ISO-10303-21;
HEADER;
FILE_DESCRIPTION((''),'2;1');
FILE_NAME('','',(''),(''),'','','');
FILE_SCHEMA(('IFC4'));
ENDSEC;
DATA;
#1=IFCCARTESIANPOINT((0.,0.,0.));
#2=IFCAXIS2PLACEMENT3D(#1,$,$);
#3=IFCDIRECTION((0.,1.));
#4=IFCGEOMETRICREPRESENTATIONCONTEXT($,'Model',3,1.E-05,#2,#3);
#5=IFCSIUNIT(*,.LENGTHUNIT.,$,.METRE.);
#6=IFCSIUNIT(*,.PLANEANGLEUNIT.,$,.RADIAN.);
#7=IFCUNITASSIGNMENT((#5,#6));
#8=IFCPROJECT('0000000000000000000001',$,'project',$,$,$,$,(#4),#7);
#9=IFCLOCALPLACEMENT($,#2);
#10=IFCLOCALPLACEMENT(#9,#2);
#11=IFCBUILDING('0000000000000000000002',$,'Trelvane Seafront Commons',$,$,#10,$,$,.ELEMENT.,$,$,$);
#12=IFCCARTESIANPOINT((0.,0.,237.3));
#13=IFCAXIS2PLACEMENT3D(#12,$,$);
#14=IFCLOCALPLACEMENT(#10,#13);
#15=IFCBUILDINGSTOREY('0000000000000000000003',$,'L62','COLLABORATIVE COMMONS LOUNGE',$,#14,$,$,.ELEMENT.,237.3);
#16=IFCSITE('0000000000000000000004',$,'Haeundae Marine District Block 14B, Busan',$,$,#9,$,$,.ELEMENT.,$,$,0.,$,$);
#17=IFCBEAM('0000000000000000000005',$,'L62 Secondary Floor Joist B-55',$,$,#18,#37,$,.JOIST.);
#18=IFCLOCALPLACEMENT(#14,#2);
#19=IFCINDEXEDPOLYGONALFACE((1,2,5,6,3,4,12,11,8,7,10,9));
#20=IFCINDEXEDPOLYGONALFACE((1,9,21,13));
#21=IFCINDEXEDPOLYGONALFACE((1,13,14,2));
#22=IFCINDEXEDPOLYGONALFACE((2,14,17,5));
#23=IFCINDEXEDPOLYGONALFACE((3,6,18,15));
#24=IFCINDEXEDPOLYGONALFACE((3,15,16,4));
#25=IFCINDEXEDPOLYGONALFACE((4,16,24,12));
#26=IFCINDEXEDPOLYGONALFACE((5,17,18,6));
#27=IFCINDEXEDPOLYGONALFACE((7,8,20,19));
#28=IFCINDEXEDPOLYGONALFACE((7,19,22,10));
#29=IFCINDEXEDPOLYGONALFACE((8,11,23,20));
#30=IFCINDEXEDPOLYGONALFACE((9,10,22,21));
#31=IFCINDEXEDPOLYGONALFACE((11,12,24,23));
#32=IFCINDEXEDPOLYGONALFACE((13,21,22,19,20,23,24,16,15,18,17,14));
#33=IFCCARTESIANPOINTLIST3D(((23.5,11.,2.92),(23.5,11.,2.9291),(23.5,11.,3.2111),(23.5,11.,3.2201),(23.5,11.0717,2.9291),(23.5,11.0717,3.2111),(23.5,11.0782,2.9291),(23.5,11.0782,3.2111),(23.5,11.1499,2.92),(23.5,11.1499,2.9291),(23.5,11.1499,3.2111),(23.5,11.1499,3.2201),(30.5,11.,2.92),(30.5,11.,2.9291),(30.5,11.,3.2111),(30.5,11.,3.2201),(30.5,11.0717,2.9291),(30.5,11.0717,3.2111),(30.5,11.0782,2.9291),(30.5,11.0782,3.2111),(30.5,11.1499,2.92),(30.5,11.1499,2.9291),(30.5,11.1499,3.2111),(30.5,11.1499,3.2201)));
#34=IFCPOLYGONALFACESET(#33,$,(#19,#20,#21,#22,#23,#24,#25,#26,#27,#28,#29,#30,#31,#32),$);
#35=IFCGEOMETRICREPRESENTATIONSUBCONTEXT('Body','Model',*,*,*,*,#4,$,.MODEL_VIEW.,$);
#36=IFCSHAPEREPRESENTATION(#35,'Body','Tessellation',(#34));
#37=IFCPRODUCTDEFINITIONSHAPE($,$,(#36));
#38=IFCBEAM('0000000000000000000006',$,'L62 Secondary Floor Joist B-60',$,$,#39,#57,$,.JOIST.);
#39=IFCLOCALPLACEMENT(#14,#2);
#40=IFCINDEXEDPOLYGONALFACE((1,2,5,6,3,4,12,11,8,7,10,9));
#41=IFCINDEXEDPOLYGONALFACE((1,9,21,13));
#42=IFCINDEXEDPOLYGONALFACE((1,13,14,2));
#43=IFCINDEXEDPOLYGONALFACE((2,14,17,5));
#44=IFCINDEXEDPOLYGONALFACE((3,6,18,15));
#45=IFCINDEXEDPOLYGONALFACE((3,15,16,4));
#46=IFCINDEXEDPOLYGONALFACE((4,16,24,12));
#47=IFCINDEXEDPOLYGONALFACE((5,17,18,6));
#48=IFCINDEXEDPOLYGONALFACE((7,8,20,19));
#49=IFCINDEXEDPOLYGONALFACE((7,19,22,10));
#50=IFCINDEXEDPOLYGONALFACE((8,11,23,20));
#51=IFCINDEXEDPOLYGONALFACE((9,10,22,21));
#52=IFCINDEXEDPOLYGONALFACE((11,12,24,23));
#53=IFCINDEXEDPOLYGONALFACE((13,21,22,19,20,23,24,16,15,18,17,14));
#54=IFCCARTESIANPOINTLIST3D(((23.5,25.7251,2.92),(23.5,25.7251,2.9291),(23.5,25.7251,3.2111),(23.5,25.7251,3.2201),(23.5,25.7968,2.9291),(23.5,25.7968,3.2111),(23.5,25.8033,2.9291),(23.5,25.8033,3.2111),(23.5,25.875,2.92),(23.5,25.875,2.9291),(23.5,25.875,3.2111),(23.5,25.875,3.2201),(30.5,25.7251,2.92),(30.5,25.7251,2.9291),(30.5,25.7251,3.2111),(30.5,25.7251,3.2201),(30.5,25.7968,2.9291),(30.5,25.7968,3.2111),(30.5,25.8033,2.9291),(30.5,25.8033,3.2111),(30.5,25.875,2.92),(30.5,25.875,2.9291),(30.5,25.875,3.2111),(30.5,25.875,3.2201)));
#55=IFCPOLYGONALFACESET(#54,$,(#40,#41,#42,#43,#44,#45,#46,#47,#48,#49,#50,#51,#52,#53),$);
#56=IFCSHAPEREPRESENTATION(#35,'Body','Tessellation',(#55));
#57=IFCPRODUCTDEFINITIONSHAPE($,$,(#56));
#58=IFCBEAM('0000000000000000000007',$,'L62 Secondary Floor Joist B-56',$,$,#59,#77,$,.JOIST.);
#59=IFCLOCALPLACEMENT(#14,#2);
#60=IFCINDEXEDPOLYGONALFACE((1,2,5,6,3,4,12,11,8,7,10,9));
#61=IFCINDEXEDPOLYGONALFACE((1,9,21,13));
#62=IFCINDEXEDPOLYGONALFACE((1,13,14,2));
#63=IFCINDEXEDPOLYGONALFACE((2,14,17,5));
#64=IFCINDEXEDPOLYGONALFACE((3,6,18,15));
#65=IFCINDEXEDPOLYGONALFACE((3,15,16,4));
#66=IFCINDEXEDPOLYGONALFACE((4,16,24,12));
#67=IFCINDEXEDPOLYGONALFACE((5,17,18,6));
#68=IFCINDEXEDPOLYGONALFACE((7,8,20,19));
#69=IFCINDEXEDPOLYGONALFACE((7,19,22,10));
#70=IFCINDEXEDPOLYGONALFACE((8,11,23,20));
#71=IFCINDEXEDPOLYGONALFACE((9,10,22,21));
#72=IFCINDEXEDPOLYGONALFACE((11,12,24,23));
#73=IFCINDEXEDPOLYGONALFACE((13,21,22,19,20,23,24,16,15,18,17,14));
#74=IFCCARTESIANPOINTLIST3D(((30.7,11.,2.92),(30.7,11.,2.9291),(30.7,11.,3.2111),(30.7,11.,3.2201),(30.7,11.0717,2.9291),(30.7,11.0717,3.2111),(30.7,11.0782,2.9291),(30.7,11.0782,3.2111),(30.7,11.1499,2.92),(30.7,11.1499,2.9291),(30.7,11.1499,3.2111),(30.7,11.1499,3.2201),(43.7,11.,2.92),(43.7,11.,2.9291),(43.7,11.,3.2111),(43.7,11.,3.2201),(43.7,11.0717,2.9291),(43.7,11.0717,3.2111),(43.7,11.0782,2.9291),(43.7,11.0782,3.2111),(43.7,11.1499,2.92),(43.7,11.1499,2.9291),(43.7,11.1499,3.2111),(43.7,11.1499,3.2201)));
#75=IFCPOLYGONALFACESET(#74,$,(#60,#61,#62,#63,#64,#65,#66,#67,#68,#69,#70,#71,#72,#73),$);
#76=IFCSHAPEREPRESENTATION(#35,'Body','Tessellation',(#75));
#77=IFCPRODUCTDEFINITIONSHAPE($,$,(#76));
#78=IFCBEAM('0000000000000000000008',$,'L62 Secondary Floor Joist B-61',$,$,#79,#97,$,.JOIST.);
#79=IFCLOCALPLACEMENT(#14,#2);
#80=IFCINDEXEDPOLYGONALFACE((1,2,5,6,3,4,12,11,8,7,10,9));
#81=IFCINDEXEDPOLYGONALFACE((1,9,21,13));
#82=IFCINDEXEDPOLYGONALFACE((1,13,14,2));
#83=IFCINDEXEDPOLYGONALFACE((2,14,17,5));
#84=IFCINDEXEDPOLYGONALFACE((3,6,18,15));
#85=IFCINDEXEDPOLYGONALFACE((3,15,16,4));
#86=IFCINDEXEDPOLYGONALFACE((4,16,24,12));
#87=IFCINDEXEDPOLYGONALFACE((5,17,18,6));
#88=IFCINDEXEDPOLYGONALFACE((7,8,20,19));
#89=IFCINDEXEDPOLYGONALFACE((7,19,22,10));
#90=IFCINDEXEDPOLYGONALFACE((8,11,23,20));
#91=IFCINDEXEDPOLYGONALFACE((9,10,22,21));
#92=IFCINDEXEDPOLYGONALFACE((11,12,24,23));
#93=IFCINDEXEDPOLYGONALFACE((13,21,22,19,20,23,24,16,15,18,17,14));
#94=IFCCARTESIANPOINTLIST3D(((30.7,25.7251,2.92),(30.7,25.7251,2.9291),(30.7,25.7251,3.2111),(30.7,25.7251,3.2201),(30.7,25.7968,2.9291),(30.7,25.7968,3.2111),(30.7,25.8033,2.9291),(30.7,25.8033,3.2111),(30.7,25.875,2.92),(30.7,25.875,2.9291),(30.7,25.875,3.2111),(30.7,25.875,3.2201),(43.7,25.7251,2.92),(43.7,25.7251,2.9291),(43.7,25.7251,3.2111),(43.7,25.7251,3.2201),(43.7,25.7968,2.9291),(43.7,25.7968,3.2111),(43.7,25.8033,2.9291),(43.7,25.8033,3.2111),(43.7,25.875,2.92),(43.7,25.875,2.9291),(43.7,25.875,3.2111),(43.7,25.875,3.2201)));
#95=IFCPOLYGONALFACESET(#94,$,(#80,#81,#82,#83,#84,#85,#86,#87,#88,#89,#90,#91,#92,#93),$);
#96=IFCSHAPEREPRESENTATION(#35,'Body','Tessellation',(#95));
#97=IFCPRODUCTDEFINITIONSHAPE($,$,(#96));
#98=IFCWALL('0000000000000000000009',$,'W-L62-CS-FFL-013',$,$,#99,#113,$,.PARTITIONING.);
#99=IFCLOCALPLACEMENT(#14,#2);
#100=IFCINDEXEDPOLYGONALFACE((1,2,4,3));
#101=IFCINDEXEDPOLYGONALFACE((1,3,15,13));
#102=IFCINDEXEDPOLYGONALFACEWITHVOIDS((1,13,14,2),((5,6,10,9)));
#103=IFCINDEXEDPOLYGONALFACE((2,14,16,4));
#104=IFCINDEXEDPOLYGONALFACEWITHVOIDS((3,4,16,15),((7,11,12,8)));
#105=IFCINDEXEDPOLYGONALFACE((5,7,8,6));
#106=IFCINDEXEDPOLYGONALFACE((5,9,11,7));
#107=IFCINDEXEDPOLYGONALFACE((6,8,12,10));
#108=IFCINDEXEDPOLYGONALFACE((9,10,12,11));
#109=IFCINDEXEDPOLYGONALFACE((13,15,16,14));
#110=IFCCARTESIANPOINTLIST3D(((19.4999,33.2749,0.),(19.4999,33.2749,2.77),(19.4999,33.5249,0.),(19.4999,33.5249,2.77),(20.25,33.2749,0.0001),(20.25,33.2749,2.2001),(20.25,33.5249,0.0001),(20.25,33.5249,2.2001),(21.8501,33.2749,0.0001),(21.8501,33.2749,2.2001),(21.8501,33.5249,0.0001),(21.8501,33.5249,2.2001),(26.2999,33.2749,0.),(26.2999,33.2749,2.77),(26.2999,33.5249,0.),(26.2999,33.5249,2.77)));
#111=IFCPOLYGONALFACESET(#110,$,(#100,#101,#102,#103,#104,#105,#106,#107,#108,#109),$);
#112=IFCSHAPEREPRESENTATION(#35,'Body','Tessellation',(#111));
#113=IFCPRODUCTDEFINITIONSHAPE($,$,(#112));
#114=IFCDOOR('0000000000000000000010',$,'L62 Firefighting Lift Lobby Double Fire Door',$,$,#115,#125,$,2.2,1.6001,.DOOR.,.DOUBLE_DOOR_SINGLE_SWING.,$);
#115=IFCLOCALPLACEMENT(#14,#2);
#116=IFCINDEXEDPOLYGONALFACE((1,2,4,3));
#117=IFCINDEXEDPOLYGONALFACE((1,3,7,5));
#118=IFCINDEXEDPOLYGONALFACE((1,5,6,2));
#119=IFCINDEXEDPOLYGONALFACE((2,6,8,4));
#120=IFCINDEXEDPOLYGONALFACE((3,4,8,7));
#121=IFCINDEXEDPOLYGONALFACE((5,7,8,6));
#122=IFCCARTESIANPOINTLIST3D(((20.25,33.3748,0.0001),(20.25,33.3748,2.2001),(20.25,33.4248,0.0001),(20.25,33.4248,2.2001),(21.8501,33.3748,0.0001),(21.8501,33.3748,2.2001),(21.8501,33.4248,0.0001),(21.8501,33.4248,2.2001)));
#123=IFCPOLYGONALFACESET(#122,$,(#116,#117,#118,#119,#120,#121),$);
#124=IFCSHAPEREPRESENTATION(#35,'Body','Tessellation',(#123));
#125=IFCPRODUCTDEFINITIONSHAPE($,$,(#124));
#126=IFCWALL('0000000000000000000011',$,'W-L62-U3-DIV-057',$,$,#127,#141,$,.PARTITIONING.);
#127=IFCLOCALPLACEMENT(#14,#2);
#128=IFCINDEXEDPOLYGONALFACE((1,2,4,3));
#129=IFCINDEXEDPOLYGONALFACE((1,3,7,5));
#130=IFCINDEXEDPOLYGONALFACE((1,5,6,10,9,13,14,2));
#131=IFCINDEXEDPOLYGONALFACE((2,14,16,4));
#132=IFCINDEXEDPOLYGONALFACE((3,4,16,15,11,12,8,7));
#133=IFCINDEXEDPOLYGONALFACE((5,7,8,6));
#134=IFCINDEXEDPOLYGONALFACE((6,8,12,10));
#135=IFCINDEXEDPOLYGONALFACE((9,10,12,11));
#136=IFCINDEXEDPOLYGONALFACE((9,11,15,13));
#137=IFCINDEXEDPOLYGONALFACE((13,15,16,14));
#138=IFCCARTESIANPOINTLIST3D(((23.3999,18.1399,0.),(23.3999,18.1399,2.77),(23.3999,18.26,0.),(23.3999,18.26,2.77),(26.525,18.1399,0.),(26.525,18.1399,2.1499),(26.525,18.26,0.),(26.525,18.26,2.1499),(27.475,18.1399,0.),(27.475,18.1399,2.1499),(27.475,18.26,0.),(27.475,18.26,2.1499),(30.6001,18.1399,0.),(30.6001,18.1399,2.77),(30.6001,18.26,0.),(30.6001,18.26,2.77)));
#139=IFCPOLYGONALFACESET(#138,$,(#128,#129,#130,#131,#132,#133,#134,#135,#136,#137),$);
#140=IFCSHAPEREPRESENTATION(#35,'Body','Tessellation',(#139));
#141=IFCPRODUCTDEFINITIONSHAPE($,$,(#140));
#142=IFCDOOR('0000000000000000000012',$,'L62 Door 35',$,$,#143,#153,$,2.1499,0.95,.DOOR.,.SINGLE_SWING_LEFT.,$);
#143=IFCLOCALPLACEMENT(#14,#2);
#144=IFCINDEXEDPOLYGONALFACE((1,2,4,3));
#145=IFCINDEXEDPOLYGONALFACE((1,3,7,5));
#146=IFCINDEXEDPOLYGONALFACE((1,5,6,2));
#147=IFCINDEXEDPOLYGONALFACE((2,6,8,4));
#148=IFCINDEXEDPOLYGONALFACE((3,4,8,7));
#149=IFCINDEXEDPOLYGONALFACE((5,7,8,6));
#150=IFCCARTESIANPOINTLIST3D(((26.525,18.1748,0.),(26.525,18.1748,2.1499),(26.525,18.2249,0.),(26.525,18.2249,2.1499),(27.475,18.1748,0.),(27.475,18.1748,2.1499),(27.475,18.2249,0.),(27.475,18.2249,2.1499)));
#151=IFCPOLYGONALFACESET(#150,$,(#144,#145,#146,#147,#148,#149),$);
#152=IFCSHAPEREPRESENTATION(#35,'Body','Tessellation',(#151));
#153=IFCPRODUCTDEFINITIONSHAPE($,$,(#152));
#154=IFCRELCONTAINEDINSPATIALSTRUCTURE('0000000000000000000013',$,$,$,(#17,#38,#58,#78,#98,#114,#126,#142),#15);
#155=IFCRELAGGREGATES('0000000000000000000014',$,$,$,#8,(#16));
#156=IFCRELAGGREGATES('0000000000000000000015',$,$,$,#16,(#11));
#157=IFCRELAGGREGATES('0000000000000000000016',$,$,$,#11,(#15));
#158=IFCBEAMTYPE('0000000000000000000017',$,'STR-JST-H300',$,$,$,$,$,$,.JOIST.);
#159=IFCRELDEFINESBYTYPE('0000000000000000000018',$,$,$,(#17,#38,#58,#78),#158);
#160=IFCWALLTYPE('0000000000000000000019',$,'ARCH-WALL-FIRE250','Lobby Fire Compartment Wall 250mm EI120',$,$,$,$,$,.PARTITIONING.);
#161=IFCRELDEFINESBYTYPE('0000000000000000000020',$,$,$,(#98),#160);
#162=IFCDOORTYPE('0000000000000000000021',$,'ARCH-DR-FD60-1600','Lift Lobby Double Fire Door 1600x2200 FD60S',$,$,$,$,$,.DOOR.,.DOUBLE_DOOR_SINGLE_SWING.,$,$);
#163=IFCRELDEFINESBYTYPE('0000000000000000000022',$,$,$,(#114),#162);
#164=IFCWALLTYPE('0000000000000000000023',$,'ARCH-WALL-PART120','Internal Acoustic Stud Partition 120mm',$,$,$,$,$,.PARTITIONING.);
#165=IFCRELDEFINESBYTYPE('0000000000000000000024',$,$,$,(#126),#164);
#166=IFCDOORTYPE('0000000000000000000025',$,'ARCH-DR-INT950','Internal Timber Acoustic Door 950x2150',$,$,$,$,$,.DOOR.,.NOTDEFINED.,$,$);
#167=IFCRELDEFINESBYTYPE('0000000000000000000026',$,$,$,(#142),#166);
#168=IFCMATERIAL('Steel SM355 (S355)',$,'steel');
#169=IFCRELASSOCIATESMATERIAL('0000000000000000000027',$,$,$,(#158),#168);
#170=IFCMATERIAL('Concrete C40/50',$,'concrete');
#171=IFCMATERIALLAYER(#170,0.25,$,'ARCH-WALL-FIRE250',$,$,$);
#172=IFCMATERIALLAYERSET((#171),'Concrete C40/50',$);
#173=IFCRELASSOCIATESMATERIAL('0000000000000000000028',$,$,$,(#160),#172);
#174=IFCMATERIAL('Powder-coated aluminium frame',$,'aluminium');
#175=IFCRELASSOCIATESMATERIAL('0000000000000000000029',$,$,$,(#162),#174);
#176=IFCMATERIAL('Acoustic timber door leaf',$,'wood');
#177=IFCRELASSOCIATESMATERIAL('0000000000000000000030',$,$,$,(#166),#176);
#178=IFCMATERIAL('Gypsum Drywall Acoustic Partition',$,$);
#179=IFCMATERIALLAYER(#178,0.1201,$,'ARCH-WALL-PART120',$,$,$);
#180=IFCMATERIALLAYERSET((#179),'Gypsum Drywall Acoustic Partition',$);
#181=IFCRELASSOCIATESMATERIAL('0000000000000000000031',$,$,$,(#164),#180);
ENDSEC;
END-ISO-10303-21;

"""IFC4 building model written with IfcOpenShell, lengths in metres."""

from ifc_helpers import new_model, si_unit, direction, frame, frame_2d, origin, origin_2d, place, context, subcontext, project, spatial, rectangle, i_section, extrude, source, transform, mapped, material, layer, layer_set, material_profile, profile_set, type_object, element, fill, save


model = new_model("IFC4")

# Units and contexts
model_context = context("Model", 3, precision=1e-05, world=origin(), true_north=direction((0.0, 1.0)))
body_context = subcontext(model_context, "Body", "Model", "MODEL_VIEW")
ifc_project = project(units=[si_unit("LENGTHUNIT", "METRE"), si_unit("PLANEANGLEUNIT", "RADIAN")], contexts=[model_context])

# Site, building, storey
site_placement = place(None, origin())
site = spatial("IfcSite", under=ifc_project, at=site_placement, Name="Haeundae Marine District Block 14B, Busan", CompositionType="ELEMENT", RefElevation=0.0)
building_placement = place(site_placement, origin())
building = spatial("IfcBuilding", under=site, at=building_placement, Name="Trelvane Seafront Commons", CompositionType="ELEMENT")
storey_placement = place(building_placement, frame((0.0, 0.0, 237.3)))
storey = spatial("IfcBuildingStorey", under=building, at=storey_placement, Name="L62", Description="COLLABORATIVE COMMONS LOUNGE", CompositionType="ELEMENT", Elevation=237.3)

# Shared definitions
ifc_material_1 = material(Name="Steel SM355 (S355)", Category="steel")

# Beams
ifc_material_profile_1 = material_profile(ifc_material_1, i_section(OverallWidth=0.1499, OverallDepth=0.3, WebThickness=0.0066, FlangeThickness=0.009, at=origin_2d()), Name="H-300x150x6.5x9")
ifc_profile_set_1 = profile_set([ifc_material_profile_1], Name="Steel SM355 (S355)")
beam_type_1 = type_object("IfcBeamType", Name="STR-JST-H300", PredefinedType="JOIST", material=ifc_profile_set_1)
shared_shape_1 = source(origin(), body_context, "Body", "SweptSolid", [
    extrude(i_section(OverallWidth=0.1499, OverallDepth=0.3, WebThickness=0.0066, FlangeThickness=0.009, at=origin_2d()), origin(), (0.0, 0.0, 1.0), 7.0),
])
for number, where, z_axis, x_axis, name in (
    (1, (23.5, 11.075, 3.0701), (1.0, 0.0, 0.0), (0.0, 1.0, 0.0), "L62 Secondary Floor Joist B-55"),
    (2, (23.5, 25.8, 3.0701), (1.0, 0.0, 0.0), (0.0, 1.0, 0.0), "L62 Secondary Floor Joist B-60"),
):
    element("IfcBeam", number, at=place(storey_placement, frame(where, z_axis=z_axis, x_axis=x_axis)), inside=storey, type_object=beam_type_1, Name=name, PredefinedType="JOIST", context=body_context, shape_type="MappedRepresentation", body=[
        mapped(shared_shape_1, transform((0.0, 0.0, 0.0), x_axis=(1.0, 0.0, 0.0), y_axis=(0.0, 1.0, 0.0), z_axis=(0.0, 0.0, 1.0), scale=1.0)),
    ])
shared_shape_2 = source(origin(), body_context, "Body", "SweptSolid", [
    extrude(i_section(OverallWidth=0.1499, OverallDepth=0.3, WebThickness=0.0066, FlangeThickness=0.009, at=origin_2d()), origin(), (0.0, 0.0, 1.0), 13.0),
])
for number, where, z_axis, x_axis, name in (
    (3, (30.7, 11.075, 3.0701), (1.0, 0.0, 0.0), (0.0, 1.0, 0.0), "L62 Secondary Floor Joist B-56"),
    (4, (30.7, 25.8, 3.0701), (1.0, 0.0, 0.0), (0.0, 1.0, 0.0), "L62 Secondary Floor Joist B-61"),
):
    element("IfcBeam", number, at=place(storey_placement, frame(where, z_axis=z_axis, x_axis=x_axis)), inside=storey, type_object=beam_type_1, Name=name, PredefinedType="JOIST", context=body_context, shape_type="MappedRepresentation", body=[
        mapped(shared_shape_2, transform((0.0, 0.0, 0.0), x_axis=(1.0, 0.0, 0.0), y_axis=(0.0, 1.0, 0.0), z_axis=(0.0, 0.0, 1.0), scale=1.0)),
    ])

# Walls, openings, doors
ifc_material_2 = material(Name="Concrete C40/50", Category="concrete")
ifc_layer_1 = layer(ifc_material_2, 0.25, Name="ARCH-WALL-FIRE250")
ifc_layer_set_1 = layer_set([ifc_layer_1], Name="Concrete C40/50")
wall_type_1 = type_object("IfcWallType", Name="ARCH-WALL-FIRE250", Description="Lobby Fire Compartment Wall 250mm EI120", PredefinedType="PARTITIONING", material=ifc_layer_set_1)
wall_1_placement = place(storey_placement, frame((19.5, 33.3999, 0.0), z_axis=(0.0, 0.0, 1.0), x_axis=(1.0, 0.0, 0.0)))
wall_1 = element("IfcWall", 5, at=wall_1_placement, inside=storey, type_object=wall_type_1, Name="W-L62-CS-FFL-013", PredefinedType="PARTITIONING", context=body_context, shape_type="SweptSolid", body=[
    extrude(rectangle(XDim=6.8, YDim=0.25, at=frame_2d((3.3999, 0.0))), origin(), (0.0, 0.0, 1.0), 2.77),
])
opening_1_placement = place(wall_1_placement, frame((0.75, 0.0, 0.0)))
opening_1 = element("IfcOpeningElement", 6, at=opening_1_placement, cuts=wall_1, PredefinedType="OPENING", context=body_context, shape_type="SweptSolid", body=[
    extrude(rectangle(XDim=1.6001, YDim=2.2, at=frame_2d((0.8, 1.1001))), frame((0.0, 0.135, 0.0), z_axis=(0.0, -1.0, 0.0), x_axis=(1.0, 0.0, 0.0)), (0.0, 0.0, 1.0), 0.27),
])
ifc_material_3 = material(Name="Powder-coated aluminium frame", Category="aluminium")
door_type_1 = type_object("IfcDoorType", Name="ARCH-DR-FD60-1600", Description="Lift Lobby Double Fire Door 1600x2200 FD60S", OperationType="DOUBLE_DOOR_SINGLE_SWING", PredefinedType="DOOR", material=ifc_material_3)
shared_shape_3 = source(origin(), body_context, "Body", "SweptSolid", [
    extrude(rectangle(XDim=1.6001, YDim=2.2, at=frame_2d((0.8, 1.1001))), frame((0.0, 0.0249, 0.0), z_axis=(0.0, -1.0, 0.0), x_axis=(1.0, 0.0, 0.0)), (0.0, 0.0, 1.0), 0.05),
])
door_1_placement = place(opening_1_placement, origin())
door_1 = element("IfcDoor", 7, at=door_1_placement, inside=storey, type_object=door_type_1, Name="L62 Firefighting Lift Lobby Double Fire Door", OperationType="DOUBLE_DOOR_SINGLE_SWING", OverallHeight=2.2, OverallWidth=1.6001, PredefinedType="DOOR", context=body_context, shape_type="MappedRepresentation", body=[
    mapped(shared_shape_3, transform((0.0, 0.0, 0.0), x_axis=(1.0, 0.0, 0.0), y_axis=(0.0, 1.0, 0.0), z_axis=(0.0, 0.0, 1.0), scale=1.0)),
])
fill(opening_1, door_1)
ifc_material_4 = material(Name="Acoustic timber door leaf", Category="wood")
door_type_2 = type_object("IfcDoorType", Name="ARCH-DR-INT950", Description="Internal Timber Acoustic Door 950x2150", OperationType="NOTDEFINED", PredefinedType="DOOR", material=ifc_material_4)
shared_shape_4 = source(origin(), body_context, "Body", "SweptSolid", [
    extrude(rectangle(XDim=0.95, YDim=2.1499, at=frame_2d((0.4751, 1.075))), frame((0.0, 0.0249, 0.0), z_axis=(0.0, -1.0, 0.0), x_axis=(1.0, 0.0, 0.0)), (0.0, 0.0, 1.0), 0.05),
])
ifc_material_5 = material(Name="Gypsum Drywall Acoustic Partition")
ifc_layer_2 = layer(ifc_material_5, 0.1201, Name="ARCH-WALL-PART120")
ifc_layer_set_2 = layer_set([ifc_layer_2], Name="Gypsum Drywall Acoustic Partition")
wall_type_2 = type_object("IfcWallType", Name="ARCH-WALL-PART120", Description="Internal Acoustic Stud Partition 120mm", PredefinedType="PARTITIONING", material=ifc_layer_set_2)
wall_2_placement = place(storey_placement, frame((23.3999, 18.2, 0.0), z_axis=(0.0, 0.0, 1.0), x_axis=(1.0, 0.0, 0.0)))
wall_2 = element("IfcWall", 8, at=wall_2_placement, inside=storey, type_object=wall_type_2, Name="W-L62-U3-DIV-057", PredefinedType="PARTITIONING", context=body_context, shape_type="SweptSolid", body=[
    extrude(rectangle(XDim=7.2002, YDim=0.1201, at=frame_2d((3.6001, 0.0))), origin(), (0.0, 0.0, 1.0), 2.77),
])
opening_2_placement = place(wall_2_placement, frame((3.125, 0.0, 0.0)))
opening_2 = element("IfcOpeningElement", 9, at=opening_2_placement, cuts=wall_2, PredefinedType="OPENING", context=body_context, shape_type="SweptSolid", body=[
    extrude(rectangle(XDim=0.95, YDim=2.1499, at=frame_2d((0.4751, 1.075))), frame((0.0, 0.0701, 0.0), z_axis=(0.0, -1.0, 0.0), x_axis=(1.0, 0.0, 0.0)), (0.0, 0.0, 1.0), 0.1401),
])
door_2_placement = place(opening_2_placement, origin())
door_2 = element("IfcDoor", 10, at=door_2_placement, inside=storey, type_object=door_type_2, Name="L62 Door 35", OperationType="SINGLE_SWING_LEFT", OverallHeight=2.1499, OverallWidth=0.95, PredefinedType="DOOR", context=body_context, shape_type="MappedRepresentation", body=[
    mapped(shared_shape_4, transform((0.0, 0.0, 0.0), x_axis=(1.0, 0.0, 0.0), y_axis=(0.0, 1.0, 0.0), z_axis=(0.0, 0.0, 1.0), scale=1.0)),
])
fill(opening_2, door_2)

save(model, "model.ifc")
